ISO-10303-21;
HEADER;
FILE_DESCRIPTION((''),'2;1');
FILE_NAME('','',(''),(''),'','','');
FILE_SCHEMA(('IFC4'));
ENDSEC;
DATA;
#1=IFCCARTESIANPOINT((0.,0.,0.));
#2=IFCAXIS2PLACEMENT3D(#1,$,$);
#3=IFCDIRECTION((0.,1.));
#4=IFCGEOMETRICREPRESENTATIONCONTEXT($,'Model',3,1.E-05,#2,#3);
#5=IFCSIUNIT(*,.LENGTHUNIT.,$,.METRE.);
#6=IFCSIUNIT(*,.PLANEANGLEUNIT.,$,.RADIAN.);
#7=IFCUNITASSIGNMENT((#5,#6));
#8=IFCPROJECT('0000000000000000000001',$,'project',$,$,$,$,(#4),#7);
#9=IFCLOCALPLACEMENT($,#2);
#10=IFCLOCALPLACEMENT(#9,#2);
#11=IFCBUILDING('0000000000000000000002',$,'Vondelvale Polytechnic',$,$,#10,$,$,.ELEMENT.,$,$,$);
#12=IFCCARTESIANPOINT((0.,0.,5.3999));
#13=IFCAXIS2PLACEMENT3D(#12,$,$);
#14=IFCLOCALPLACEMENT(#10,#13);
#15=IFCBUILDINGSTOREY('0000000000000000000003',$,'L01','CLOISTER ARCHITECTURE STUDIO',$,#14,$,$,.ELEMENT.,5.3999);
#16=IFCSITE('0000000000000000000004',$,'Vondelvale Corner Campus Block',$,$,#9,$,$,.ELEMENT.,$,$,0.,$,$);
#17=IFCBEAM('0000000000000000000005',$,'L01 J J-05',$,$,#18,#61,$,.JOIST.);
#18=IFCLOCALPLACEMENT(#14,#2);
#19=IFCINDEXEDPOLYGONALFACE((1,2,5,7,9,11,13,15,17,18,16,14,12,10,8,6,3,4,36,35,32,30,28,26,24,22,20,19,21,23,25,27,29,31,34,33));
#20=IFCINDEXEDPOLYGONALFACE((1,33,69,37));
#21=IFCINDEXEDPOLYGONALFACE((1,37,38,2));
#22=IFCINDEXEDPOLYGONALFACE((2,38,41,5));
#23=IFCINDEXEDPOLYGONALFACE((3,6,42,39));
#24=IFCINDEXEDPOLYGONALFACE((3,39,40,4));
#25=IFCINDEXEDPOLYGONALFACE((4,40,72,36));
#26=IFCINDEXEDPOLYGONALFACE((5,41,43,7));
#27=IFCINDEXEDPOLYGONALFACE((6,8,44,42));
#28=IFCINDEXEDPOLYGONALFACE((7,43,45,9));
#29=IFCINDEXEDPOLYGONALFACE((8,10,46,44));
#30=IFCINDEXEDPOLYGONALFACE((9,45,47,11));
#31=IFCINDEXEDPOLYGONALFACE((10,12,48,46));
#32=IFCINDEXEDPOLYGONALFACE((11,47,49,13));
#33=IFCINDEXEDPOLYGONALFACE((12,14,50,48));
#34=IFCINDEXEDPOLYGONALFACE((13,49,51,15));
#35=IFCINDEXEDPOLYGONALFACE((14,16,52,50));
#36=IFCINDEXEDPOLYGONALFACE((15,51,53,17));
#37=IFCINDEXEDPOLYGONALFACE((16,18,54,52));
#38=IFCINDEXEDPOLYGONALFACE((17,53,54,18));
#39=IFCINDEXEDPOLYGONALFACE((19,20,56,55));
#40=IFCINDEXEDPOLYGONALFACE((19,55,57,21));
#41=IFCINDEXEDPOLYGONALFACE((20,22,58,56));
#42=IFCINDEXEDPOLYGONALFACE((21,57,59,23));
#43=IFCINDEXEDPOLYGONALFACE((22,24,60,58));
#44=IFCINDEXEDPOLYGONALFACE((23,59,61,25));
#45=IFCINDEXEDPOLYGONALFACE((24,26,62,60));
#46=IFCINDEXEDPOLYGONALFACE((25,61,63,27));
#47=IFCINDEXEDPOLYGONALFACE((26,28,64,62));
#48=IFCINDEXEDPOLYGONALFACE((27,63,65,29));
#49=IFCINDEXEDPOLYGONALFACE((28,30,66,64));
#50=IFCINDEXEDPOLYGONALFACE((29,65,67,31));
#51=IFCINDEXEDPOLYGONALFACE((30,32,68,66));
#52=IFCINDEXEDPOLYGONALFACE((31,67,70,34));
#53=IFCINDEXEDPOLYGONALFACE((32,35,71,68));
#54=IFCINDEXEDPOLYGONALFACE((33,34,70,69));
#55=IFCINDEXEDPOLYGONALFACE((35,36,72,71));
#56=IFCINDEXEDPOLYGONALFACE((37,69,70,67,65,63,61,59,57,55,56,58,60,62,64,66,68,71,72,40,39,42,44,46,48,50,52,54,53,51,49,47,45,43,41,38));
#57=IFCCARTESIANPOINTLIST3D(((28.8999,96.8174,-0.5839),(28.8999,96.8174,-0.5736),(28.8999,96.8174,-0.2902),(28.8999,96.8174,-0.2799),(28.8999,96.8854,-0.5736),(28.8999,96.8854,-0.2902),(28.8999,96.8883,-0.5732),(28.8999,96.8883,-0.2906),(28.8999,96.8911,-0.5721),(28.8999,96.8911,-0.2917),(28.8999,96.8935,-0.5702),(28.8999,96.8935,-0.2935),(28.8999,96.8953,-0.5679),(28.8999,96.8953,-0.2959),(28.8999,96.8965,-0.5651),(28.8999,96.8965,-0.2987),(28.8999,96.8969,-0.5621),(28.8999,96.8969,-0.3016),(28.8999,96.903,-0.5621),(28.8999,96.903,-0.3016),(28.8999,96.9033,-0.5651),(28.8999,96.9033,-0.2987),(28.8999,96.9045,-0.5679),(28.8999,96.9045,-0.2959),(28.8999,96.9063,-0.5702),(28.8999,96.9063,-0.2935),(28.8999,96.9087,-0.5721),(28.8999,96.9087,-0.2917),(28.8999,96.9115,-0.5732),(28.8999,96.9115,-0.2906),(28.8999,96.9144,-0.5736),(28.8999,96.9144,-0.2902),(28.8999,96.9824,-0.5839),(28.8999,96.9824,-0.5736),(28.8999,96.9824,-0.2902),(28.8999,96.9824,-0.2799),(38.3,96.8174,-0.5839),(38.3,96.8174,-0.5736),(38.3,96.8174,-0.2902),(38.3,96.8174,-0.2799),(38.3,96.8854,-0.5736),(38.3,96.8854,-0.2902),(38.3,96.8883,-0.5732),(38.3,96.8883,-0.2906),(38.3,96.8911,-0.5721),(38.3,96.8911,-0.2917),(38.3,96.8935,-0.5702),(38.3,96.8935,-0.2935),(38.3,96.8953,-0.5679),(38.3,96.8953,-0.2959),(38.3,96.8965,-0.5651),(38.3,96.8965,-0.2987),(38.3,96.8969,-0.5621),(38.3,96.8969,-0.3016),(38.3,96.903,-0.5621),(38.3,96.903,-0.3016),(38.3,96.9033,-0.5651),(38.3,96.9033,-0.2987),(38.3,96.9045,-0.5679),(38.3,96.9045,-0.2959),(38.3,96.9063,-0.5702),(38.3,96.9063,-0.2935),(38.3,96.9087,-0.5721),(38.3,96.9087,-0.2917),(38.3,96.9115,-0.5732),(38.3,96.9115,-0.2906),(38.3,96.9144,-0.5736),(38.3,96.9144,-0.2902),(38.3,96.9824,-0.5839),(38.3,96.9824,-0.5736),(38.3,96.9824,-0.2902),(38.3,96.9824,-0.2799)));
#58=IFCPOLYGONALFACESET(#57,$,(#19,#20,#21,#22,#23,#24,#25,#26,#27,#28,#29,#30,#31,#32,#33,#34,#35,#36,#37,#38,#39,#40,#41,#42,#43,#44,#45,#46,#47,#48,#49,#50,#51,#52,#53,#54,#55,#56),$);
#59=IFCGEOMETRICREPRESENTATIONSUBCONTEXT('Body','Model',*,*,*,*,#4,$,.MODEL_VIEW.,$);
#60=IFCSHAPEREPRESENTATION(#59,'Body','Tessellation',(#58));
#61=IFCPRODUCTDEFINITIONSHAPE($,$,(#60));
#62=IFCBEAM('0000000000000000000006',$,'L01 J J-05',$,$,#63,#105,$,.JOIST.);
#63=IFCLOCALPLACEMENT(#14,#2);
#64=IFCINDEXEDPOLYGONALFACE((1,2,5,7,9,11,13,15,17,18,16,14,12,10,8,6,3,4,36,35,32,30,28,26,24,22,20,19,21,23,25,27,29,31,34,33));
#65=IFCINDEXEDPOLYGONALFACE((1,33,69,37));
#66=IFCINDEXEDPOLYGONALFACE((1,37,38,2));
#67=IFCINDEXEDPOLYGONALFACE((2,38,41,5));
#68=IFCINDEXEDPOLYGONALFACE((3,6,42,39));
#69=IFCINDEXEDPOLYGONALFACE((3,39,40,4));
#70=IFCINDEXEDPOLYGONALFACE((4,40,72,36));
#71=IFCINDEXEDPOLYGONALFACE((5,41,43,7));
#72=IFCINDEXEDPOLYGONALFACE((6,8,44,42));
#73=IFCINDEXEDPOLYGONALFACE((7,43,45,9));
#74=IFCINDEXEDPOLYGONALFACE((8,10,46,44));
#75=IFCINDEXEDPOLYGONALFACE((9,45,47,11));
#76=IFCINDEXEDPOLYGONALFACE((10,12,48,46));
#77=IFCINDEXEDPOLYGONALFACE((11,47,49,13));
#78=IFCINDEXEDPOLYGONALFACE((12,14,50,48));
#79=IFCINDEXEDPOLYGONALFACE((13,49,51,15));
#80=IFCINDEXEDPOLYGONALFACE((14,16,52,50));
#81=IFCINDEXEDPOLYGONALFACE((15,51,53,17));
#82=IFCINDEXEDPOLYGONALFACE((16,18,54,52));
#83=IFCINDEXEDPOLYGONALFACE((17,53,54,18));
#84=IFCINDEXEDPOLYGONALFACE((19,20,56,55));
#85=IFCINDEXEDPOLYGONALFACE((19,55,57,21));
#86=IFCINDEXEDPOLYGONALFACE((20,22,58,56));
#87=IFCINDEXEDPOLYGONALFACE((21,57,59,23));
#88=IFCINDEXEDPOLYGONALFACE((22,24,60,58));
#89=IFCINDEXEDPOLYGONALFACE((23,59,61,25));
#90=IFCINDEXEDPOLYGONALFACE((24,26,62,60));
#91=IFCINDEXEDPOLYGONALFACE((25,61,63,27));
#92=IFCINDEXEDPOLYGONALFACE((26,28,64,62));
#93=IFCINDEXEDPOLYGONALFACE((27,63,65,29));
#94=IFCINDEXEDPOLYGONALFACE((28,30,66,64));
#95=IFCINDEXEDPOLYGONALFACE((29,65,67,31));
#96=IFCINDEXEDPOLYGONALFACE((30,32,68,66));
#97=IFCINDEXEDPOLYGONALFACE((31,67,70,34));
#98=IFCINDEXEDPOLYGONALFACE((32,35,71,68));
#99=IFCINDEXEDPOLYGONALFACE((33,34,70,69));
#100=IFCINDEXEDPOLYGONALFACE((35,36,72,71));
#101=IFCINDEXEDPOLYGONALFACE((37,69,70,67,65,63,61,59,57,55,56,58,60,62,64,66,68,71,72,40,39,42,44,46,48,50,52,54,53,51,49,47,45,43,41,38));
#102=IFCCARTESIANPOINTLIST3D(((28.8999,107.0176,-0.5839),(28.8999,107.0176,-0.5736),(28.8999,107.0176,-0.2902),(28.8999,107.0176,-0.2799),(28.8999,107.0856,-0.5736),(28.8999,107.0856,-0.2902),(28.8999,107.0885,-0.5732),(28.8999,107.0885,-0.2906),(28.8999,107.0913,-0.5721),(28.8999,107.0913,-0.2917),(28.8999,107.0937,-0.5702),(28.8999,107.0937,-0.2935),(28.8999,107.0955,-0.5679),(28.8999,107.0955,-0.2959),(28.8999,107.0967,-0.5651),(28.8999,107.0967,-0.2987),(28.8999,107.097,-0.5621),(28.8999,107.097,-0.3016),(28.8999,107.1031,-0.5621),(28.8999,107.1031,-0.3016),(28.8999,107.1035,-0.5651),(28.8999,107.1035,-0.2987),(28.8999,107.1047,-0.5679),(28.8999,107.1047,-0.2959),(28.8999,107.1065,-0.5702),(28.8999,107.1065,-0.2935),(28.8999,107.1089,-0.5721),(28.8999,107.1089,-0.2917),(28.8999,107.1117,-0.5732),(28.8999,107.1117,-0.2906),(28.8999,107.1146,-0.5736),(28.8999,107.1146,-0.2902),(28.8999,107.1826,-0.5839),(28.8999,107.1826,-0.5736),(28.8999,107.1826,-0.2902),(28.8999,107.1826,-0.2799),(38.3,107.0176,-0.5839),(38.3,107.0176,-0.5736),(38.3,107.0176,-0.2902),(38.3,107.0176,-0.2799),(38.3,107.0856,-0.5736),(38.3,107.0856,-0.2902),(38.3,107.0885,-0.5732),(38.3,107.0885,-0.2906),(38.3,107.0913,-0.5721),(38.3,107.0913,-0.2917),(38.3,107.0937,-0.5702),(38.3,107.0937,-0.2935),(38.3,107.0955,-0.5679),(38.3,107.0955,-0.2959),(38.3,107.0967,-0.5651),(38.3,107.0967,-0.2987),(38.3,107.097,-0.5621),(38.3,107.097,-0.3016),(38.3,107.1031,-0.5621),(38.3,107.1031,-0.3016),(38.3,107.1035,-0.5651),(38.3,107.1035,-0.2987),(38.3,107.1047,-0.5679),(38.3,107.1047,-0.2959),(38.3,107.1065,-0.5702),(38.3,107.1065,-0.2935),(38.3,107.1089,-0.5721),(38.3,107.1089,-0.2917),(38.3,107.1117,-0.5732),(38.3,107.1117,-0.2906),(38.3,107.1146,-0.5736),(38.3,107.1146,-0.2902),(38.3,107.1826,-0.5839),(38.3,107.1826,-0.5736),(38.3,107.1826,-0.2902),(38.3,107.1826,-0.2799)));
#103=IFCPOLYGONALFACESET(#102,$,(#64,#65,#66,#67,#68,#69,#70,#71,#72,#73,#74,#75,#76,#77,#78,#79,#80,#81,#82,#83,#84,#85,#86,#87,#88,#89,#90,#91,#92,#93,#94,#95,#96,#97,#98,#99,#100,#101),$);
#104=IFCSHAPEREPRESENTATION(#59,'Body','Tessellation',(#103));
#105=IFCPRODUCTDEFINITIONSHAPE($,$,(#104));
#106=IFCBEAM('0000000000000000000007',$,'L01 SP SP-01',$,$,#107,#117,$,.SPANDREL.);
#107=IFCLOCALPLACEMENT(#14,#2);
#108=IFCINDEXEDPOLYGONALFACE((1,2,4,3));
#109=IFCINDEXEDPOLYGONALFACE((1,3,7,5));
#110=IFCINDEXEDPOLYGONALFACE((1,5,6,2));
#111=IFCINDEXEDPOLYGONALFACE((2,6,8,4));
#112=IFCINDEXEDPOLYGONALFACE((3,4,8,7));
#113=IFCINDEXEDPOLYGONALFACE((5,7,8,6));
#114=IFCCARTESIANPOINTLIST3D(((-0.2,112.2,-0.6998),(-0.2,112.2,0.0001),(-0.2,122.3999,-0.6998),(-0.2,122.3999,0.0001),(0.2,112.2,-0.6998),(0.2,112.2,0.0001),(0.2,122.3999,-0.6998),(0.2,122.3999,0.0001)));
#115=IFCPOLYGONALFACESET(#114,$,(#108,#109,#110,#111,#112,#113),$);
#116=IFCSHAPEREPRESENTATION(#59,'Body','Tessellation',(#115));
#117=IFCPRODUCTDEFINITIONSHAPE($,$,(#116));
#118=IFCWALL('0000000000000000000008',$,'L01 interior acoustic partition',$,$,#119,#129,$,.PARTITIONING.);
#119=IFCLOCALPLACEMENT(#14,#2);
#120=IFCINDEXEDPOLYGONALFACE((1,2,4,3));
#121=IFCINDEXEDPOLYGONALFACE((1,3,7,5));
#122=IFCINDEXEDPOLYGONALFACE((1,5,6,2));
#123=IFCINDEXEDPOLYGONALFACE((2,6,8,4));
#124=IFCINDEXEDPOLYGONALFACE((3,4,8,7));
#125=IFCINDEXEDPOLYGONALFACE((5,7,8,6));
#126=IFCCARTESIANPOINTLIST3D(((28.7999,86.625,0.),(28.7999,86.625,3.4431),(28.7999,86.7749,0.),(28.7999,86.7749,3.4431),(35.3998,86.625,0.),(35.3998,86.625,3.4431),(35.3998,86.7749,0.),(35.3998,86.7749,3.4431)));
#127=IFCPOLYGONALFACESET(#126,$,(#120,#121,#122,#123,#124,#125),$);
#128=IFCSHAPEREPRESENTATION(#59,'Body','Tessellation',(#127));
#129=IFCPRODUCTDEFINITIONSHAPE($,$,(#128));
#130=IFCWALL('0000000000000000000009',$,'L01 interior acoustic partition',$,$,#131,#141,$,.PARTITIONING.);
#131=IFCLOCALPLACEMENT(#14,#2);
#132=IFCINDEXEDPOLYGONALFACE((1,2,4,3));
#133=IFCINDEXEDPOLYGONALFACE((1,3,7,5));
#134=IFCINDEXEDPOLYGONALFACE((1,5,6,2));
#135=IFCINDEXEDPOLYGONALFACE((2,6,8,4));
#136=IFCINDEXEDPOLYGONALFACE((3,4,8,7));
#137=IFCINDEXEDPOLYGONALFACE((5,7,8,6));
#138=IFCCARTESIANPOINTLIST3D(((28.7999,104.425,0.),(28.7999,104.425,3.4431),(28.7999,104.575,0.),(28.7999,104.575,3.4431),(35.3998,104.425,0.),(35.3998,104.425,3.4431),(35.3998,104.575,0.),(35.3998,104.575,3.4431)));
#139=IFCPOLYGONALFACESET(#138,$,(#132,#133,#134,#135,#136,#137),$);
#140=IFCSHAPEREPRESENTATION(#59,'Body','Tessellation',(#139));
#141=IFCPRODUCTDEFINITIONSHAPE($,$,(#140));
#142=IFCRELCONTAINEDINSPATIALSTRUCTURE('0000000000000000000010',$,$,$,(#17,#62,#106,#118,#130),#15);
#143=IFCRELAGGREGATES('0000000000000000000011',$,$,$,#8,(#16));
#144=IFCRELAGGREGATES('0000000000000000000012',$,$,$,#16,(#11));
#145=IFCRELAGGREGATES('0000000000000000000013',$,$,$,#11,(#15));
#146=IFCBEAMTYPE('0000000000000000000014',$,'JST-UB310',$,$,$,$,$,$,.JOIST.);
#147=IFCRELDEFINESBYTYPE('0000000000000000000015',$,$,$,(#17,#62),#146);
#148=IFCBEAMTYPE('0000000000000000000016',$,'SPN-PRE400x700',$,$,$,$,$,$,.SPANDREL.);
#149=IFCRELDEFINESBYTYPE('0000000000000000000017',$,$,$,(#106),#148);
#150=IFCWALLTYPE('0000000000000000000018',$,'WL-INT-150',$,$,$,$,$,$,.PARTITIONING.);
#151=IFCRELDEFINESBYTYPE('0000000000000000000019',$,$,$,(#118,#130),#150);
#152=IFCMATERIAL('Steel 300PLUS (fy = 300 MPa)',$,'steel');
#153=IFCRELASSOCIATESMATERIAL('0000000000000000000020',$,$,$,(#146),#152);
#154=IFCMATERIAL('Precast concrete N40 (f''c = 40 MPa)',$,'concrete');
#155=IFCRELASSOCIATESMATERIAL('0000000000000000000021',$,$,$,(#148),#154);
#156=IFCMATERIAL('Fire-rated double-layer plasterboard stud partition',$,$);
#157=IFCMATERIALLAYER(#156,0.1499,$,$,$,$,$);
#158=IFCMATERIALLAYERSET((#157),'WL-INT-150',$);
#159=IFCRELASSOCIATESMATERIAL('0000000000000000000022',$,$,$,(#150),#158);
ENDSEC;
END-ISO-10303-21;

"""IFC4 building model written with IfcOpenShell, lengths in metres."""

from ifc_helpers import new_model, si_unit, direction, frame, frame_2d, origin, origin_2d, place, context, subcontext, project, spatial, rectangle, i_section, extrude, material, layer, layer_set, material_profile, profile_set, type_object, element, save


model = new_model("IFC4")

# Units and contexts
model_context = context("Model", 3, precision=1e-05, world=origin(), true_north=direction((0.0, 1.0)))
body_context = subcontext(model_context, "Body", "Model", "MODEL_VIEW")
ifc_project = project(units=[si_unit("LENGTHUNIT", "METRE"), si_unit("PLANEANGLEUNIT", "RADIAN")], contexts=[model_context])

# Site, building, storey
site_placement = place(None, origin())
site = spatial("IfcSite", under=ifc_project, at=site_placement, Name="Vondelvale Corner Campus Block", CompositionType="ELEMENT", RefElevation=0.0)
building_placement = place(site_placement, origin())
building = spatial("IfcBuilding", under=site, at=building_placement, Name="Vondelvale Polytechnic", CompositionType="ELEMENT")
storey_placement = place(building_placement, frame((0.0, 0.0, 5.3999)))
storey = spatial("IfcBuildingStorey", under=building, at=storey_placement, Name="L01", Description="CLOISTER ARCHITECTURE STUDIO", CompositionType="ELEMENT", Elevation=5.3999)

# Shared definitions
ifc_material_1 = material(Name="Steel 300PLUS (fy = 300 MPa)", Category="steel")

# Beams
ifc_material_profile_1 = material_profile(ifc_material_1, i_section(OverallWidth=0.165, OverallDepth=0.304, WebThickness=0.0061, FlangeThickness=0.0103, FilletRadius=0.0115, at=origin_2d()), Name="310UB40.4")
ifc_profile_set_1 = profile_set([ifc_material_profile_1], Name="Steel 300PLUS (fy = 300 MPa)")
beam_type_1 = type_object("IfcBeamType", Name="JST-UB310", PredefinedType="JOIST", material=ifc_profile_set_1)
for number, where, z_axis, x_axis, name in (
    (1, (28.8999, 96.8999, -0.4319), (1.0, 0.0, 0.0), (0.0, 1.0, 0.0), "L01 J J-05"),
    (2, (28.8999, 107.1001, -0.4319), (1.0, 0.0, 0.0), (0.0, 1.0, 0.0), "L01 J J-05"),
):
    element("IfcBeam", number, at=place(storey_placement, frame(where, z_axis=z_axis, x_axis=x_axis)), inside=storey, type_object=beam_type_1, Name=name, PredefinedType="JOIST", context=body_context, shape_type="SweptSolid", body=[
        extrude(i_section(OverallWidth=0.165, OverallDepth=0.304, WebThickness=0.0061, FlangeThickness=0.0103, FilletRadius=0.0115, at=origin_2d()), origin(), (0.0, 0.0, 1.0), 9.4001),
    ])
ifc_material_2 = material(Name="Precast concrete N40 (f'c = 40 MPa)", Category="concrete")
ifc_material_profile_2 = material_profile(ifc_material_2, rectangle(XDim=0.3999, YDim=0.7, at=origin_2d()), Name="RC-SPN-400x700")
ifc_profile_set_2 = profile_set([ifc_material_profile_2], Name="Precast concrete N40 (f'c = 40 MPa)")
beam_type_2 = type_object("IfcBeamType", Name="SPN-PRE400x700", PredefinedType="SPANDREL", material=ifc_profile_set_2)
beam_placement = place(storey_placement, frame((0.0, 112.2, -0.3499), z_axis=(0.0, 1.0, 0.0), x_axis=(-1.0, 0.0, 0.0)))
element("IfcBeam", 3, at=beam_placement, inside=storey, type_object=beam_type_2, Name="L01 SP SP-01", PredefinedType="SPANDREL", context=body_context, shape_type="SweptSolid", body=[
    extrude(rectangle(XDim=0.3999, YDim=0.7, at=origin_2d()), origin(), (0.0, 0.0, 1.0), 10.2),
])

# Walls
ifc_material_3 = material(Name="Fire-rated double-layer plasterboard stud partition")
ifc_layer = layer(ifc_material_3, 0.1499)
ifc_layer_set = layer_set([ifc_layer], Name="WL-INT-150")
wall_type = type_object("IfcWallType", Name="WL-INT-150", PredefinedType="PARTITIONING", material=ifc_layer_set)
for number, where, z_axis, x_axis, name in (
    (4, (28.8, 86.7, 0.0), (0.0, 0.0, 1.0), (1.0, 0.0, 0.0), "L01 interior acoustic partition"),
    (5, (28.8, 104.5, 0.0), (0.0, 0.0, 1.0), (1.0, 0.0, 0.0), "L01 interior acoustic partition"),
):
    element("IfcWall", number, at=place(storey_placement, frame(where, z_axis=z_axis, x_axis=x_axis)), inside=storey, type_object=wall_type, Name=name, PredefinedType="PARTITIONING", context=body_context, shape_type="SweptSolid", body=[
        extrude(rectangle(XDim=6.5999, YDim=0.1499, at=frame_2d((3.2998, 0.0))), origin(), (0.0, 0.0, 1.0), 3.4431),
    ])

save(model, "model.ifc")
